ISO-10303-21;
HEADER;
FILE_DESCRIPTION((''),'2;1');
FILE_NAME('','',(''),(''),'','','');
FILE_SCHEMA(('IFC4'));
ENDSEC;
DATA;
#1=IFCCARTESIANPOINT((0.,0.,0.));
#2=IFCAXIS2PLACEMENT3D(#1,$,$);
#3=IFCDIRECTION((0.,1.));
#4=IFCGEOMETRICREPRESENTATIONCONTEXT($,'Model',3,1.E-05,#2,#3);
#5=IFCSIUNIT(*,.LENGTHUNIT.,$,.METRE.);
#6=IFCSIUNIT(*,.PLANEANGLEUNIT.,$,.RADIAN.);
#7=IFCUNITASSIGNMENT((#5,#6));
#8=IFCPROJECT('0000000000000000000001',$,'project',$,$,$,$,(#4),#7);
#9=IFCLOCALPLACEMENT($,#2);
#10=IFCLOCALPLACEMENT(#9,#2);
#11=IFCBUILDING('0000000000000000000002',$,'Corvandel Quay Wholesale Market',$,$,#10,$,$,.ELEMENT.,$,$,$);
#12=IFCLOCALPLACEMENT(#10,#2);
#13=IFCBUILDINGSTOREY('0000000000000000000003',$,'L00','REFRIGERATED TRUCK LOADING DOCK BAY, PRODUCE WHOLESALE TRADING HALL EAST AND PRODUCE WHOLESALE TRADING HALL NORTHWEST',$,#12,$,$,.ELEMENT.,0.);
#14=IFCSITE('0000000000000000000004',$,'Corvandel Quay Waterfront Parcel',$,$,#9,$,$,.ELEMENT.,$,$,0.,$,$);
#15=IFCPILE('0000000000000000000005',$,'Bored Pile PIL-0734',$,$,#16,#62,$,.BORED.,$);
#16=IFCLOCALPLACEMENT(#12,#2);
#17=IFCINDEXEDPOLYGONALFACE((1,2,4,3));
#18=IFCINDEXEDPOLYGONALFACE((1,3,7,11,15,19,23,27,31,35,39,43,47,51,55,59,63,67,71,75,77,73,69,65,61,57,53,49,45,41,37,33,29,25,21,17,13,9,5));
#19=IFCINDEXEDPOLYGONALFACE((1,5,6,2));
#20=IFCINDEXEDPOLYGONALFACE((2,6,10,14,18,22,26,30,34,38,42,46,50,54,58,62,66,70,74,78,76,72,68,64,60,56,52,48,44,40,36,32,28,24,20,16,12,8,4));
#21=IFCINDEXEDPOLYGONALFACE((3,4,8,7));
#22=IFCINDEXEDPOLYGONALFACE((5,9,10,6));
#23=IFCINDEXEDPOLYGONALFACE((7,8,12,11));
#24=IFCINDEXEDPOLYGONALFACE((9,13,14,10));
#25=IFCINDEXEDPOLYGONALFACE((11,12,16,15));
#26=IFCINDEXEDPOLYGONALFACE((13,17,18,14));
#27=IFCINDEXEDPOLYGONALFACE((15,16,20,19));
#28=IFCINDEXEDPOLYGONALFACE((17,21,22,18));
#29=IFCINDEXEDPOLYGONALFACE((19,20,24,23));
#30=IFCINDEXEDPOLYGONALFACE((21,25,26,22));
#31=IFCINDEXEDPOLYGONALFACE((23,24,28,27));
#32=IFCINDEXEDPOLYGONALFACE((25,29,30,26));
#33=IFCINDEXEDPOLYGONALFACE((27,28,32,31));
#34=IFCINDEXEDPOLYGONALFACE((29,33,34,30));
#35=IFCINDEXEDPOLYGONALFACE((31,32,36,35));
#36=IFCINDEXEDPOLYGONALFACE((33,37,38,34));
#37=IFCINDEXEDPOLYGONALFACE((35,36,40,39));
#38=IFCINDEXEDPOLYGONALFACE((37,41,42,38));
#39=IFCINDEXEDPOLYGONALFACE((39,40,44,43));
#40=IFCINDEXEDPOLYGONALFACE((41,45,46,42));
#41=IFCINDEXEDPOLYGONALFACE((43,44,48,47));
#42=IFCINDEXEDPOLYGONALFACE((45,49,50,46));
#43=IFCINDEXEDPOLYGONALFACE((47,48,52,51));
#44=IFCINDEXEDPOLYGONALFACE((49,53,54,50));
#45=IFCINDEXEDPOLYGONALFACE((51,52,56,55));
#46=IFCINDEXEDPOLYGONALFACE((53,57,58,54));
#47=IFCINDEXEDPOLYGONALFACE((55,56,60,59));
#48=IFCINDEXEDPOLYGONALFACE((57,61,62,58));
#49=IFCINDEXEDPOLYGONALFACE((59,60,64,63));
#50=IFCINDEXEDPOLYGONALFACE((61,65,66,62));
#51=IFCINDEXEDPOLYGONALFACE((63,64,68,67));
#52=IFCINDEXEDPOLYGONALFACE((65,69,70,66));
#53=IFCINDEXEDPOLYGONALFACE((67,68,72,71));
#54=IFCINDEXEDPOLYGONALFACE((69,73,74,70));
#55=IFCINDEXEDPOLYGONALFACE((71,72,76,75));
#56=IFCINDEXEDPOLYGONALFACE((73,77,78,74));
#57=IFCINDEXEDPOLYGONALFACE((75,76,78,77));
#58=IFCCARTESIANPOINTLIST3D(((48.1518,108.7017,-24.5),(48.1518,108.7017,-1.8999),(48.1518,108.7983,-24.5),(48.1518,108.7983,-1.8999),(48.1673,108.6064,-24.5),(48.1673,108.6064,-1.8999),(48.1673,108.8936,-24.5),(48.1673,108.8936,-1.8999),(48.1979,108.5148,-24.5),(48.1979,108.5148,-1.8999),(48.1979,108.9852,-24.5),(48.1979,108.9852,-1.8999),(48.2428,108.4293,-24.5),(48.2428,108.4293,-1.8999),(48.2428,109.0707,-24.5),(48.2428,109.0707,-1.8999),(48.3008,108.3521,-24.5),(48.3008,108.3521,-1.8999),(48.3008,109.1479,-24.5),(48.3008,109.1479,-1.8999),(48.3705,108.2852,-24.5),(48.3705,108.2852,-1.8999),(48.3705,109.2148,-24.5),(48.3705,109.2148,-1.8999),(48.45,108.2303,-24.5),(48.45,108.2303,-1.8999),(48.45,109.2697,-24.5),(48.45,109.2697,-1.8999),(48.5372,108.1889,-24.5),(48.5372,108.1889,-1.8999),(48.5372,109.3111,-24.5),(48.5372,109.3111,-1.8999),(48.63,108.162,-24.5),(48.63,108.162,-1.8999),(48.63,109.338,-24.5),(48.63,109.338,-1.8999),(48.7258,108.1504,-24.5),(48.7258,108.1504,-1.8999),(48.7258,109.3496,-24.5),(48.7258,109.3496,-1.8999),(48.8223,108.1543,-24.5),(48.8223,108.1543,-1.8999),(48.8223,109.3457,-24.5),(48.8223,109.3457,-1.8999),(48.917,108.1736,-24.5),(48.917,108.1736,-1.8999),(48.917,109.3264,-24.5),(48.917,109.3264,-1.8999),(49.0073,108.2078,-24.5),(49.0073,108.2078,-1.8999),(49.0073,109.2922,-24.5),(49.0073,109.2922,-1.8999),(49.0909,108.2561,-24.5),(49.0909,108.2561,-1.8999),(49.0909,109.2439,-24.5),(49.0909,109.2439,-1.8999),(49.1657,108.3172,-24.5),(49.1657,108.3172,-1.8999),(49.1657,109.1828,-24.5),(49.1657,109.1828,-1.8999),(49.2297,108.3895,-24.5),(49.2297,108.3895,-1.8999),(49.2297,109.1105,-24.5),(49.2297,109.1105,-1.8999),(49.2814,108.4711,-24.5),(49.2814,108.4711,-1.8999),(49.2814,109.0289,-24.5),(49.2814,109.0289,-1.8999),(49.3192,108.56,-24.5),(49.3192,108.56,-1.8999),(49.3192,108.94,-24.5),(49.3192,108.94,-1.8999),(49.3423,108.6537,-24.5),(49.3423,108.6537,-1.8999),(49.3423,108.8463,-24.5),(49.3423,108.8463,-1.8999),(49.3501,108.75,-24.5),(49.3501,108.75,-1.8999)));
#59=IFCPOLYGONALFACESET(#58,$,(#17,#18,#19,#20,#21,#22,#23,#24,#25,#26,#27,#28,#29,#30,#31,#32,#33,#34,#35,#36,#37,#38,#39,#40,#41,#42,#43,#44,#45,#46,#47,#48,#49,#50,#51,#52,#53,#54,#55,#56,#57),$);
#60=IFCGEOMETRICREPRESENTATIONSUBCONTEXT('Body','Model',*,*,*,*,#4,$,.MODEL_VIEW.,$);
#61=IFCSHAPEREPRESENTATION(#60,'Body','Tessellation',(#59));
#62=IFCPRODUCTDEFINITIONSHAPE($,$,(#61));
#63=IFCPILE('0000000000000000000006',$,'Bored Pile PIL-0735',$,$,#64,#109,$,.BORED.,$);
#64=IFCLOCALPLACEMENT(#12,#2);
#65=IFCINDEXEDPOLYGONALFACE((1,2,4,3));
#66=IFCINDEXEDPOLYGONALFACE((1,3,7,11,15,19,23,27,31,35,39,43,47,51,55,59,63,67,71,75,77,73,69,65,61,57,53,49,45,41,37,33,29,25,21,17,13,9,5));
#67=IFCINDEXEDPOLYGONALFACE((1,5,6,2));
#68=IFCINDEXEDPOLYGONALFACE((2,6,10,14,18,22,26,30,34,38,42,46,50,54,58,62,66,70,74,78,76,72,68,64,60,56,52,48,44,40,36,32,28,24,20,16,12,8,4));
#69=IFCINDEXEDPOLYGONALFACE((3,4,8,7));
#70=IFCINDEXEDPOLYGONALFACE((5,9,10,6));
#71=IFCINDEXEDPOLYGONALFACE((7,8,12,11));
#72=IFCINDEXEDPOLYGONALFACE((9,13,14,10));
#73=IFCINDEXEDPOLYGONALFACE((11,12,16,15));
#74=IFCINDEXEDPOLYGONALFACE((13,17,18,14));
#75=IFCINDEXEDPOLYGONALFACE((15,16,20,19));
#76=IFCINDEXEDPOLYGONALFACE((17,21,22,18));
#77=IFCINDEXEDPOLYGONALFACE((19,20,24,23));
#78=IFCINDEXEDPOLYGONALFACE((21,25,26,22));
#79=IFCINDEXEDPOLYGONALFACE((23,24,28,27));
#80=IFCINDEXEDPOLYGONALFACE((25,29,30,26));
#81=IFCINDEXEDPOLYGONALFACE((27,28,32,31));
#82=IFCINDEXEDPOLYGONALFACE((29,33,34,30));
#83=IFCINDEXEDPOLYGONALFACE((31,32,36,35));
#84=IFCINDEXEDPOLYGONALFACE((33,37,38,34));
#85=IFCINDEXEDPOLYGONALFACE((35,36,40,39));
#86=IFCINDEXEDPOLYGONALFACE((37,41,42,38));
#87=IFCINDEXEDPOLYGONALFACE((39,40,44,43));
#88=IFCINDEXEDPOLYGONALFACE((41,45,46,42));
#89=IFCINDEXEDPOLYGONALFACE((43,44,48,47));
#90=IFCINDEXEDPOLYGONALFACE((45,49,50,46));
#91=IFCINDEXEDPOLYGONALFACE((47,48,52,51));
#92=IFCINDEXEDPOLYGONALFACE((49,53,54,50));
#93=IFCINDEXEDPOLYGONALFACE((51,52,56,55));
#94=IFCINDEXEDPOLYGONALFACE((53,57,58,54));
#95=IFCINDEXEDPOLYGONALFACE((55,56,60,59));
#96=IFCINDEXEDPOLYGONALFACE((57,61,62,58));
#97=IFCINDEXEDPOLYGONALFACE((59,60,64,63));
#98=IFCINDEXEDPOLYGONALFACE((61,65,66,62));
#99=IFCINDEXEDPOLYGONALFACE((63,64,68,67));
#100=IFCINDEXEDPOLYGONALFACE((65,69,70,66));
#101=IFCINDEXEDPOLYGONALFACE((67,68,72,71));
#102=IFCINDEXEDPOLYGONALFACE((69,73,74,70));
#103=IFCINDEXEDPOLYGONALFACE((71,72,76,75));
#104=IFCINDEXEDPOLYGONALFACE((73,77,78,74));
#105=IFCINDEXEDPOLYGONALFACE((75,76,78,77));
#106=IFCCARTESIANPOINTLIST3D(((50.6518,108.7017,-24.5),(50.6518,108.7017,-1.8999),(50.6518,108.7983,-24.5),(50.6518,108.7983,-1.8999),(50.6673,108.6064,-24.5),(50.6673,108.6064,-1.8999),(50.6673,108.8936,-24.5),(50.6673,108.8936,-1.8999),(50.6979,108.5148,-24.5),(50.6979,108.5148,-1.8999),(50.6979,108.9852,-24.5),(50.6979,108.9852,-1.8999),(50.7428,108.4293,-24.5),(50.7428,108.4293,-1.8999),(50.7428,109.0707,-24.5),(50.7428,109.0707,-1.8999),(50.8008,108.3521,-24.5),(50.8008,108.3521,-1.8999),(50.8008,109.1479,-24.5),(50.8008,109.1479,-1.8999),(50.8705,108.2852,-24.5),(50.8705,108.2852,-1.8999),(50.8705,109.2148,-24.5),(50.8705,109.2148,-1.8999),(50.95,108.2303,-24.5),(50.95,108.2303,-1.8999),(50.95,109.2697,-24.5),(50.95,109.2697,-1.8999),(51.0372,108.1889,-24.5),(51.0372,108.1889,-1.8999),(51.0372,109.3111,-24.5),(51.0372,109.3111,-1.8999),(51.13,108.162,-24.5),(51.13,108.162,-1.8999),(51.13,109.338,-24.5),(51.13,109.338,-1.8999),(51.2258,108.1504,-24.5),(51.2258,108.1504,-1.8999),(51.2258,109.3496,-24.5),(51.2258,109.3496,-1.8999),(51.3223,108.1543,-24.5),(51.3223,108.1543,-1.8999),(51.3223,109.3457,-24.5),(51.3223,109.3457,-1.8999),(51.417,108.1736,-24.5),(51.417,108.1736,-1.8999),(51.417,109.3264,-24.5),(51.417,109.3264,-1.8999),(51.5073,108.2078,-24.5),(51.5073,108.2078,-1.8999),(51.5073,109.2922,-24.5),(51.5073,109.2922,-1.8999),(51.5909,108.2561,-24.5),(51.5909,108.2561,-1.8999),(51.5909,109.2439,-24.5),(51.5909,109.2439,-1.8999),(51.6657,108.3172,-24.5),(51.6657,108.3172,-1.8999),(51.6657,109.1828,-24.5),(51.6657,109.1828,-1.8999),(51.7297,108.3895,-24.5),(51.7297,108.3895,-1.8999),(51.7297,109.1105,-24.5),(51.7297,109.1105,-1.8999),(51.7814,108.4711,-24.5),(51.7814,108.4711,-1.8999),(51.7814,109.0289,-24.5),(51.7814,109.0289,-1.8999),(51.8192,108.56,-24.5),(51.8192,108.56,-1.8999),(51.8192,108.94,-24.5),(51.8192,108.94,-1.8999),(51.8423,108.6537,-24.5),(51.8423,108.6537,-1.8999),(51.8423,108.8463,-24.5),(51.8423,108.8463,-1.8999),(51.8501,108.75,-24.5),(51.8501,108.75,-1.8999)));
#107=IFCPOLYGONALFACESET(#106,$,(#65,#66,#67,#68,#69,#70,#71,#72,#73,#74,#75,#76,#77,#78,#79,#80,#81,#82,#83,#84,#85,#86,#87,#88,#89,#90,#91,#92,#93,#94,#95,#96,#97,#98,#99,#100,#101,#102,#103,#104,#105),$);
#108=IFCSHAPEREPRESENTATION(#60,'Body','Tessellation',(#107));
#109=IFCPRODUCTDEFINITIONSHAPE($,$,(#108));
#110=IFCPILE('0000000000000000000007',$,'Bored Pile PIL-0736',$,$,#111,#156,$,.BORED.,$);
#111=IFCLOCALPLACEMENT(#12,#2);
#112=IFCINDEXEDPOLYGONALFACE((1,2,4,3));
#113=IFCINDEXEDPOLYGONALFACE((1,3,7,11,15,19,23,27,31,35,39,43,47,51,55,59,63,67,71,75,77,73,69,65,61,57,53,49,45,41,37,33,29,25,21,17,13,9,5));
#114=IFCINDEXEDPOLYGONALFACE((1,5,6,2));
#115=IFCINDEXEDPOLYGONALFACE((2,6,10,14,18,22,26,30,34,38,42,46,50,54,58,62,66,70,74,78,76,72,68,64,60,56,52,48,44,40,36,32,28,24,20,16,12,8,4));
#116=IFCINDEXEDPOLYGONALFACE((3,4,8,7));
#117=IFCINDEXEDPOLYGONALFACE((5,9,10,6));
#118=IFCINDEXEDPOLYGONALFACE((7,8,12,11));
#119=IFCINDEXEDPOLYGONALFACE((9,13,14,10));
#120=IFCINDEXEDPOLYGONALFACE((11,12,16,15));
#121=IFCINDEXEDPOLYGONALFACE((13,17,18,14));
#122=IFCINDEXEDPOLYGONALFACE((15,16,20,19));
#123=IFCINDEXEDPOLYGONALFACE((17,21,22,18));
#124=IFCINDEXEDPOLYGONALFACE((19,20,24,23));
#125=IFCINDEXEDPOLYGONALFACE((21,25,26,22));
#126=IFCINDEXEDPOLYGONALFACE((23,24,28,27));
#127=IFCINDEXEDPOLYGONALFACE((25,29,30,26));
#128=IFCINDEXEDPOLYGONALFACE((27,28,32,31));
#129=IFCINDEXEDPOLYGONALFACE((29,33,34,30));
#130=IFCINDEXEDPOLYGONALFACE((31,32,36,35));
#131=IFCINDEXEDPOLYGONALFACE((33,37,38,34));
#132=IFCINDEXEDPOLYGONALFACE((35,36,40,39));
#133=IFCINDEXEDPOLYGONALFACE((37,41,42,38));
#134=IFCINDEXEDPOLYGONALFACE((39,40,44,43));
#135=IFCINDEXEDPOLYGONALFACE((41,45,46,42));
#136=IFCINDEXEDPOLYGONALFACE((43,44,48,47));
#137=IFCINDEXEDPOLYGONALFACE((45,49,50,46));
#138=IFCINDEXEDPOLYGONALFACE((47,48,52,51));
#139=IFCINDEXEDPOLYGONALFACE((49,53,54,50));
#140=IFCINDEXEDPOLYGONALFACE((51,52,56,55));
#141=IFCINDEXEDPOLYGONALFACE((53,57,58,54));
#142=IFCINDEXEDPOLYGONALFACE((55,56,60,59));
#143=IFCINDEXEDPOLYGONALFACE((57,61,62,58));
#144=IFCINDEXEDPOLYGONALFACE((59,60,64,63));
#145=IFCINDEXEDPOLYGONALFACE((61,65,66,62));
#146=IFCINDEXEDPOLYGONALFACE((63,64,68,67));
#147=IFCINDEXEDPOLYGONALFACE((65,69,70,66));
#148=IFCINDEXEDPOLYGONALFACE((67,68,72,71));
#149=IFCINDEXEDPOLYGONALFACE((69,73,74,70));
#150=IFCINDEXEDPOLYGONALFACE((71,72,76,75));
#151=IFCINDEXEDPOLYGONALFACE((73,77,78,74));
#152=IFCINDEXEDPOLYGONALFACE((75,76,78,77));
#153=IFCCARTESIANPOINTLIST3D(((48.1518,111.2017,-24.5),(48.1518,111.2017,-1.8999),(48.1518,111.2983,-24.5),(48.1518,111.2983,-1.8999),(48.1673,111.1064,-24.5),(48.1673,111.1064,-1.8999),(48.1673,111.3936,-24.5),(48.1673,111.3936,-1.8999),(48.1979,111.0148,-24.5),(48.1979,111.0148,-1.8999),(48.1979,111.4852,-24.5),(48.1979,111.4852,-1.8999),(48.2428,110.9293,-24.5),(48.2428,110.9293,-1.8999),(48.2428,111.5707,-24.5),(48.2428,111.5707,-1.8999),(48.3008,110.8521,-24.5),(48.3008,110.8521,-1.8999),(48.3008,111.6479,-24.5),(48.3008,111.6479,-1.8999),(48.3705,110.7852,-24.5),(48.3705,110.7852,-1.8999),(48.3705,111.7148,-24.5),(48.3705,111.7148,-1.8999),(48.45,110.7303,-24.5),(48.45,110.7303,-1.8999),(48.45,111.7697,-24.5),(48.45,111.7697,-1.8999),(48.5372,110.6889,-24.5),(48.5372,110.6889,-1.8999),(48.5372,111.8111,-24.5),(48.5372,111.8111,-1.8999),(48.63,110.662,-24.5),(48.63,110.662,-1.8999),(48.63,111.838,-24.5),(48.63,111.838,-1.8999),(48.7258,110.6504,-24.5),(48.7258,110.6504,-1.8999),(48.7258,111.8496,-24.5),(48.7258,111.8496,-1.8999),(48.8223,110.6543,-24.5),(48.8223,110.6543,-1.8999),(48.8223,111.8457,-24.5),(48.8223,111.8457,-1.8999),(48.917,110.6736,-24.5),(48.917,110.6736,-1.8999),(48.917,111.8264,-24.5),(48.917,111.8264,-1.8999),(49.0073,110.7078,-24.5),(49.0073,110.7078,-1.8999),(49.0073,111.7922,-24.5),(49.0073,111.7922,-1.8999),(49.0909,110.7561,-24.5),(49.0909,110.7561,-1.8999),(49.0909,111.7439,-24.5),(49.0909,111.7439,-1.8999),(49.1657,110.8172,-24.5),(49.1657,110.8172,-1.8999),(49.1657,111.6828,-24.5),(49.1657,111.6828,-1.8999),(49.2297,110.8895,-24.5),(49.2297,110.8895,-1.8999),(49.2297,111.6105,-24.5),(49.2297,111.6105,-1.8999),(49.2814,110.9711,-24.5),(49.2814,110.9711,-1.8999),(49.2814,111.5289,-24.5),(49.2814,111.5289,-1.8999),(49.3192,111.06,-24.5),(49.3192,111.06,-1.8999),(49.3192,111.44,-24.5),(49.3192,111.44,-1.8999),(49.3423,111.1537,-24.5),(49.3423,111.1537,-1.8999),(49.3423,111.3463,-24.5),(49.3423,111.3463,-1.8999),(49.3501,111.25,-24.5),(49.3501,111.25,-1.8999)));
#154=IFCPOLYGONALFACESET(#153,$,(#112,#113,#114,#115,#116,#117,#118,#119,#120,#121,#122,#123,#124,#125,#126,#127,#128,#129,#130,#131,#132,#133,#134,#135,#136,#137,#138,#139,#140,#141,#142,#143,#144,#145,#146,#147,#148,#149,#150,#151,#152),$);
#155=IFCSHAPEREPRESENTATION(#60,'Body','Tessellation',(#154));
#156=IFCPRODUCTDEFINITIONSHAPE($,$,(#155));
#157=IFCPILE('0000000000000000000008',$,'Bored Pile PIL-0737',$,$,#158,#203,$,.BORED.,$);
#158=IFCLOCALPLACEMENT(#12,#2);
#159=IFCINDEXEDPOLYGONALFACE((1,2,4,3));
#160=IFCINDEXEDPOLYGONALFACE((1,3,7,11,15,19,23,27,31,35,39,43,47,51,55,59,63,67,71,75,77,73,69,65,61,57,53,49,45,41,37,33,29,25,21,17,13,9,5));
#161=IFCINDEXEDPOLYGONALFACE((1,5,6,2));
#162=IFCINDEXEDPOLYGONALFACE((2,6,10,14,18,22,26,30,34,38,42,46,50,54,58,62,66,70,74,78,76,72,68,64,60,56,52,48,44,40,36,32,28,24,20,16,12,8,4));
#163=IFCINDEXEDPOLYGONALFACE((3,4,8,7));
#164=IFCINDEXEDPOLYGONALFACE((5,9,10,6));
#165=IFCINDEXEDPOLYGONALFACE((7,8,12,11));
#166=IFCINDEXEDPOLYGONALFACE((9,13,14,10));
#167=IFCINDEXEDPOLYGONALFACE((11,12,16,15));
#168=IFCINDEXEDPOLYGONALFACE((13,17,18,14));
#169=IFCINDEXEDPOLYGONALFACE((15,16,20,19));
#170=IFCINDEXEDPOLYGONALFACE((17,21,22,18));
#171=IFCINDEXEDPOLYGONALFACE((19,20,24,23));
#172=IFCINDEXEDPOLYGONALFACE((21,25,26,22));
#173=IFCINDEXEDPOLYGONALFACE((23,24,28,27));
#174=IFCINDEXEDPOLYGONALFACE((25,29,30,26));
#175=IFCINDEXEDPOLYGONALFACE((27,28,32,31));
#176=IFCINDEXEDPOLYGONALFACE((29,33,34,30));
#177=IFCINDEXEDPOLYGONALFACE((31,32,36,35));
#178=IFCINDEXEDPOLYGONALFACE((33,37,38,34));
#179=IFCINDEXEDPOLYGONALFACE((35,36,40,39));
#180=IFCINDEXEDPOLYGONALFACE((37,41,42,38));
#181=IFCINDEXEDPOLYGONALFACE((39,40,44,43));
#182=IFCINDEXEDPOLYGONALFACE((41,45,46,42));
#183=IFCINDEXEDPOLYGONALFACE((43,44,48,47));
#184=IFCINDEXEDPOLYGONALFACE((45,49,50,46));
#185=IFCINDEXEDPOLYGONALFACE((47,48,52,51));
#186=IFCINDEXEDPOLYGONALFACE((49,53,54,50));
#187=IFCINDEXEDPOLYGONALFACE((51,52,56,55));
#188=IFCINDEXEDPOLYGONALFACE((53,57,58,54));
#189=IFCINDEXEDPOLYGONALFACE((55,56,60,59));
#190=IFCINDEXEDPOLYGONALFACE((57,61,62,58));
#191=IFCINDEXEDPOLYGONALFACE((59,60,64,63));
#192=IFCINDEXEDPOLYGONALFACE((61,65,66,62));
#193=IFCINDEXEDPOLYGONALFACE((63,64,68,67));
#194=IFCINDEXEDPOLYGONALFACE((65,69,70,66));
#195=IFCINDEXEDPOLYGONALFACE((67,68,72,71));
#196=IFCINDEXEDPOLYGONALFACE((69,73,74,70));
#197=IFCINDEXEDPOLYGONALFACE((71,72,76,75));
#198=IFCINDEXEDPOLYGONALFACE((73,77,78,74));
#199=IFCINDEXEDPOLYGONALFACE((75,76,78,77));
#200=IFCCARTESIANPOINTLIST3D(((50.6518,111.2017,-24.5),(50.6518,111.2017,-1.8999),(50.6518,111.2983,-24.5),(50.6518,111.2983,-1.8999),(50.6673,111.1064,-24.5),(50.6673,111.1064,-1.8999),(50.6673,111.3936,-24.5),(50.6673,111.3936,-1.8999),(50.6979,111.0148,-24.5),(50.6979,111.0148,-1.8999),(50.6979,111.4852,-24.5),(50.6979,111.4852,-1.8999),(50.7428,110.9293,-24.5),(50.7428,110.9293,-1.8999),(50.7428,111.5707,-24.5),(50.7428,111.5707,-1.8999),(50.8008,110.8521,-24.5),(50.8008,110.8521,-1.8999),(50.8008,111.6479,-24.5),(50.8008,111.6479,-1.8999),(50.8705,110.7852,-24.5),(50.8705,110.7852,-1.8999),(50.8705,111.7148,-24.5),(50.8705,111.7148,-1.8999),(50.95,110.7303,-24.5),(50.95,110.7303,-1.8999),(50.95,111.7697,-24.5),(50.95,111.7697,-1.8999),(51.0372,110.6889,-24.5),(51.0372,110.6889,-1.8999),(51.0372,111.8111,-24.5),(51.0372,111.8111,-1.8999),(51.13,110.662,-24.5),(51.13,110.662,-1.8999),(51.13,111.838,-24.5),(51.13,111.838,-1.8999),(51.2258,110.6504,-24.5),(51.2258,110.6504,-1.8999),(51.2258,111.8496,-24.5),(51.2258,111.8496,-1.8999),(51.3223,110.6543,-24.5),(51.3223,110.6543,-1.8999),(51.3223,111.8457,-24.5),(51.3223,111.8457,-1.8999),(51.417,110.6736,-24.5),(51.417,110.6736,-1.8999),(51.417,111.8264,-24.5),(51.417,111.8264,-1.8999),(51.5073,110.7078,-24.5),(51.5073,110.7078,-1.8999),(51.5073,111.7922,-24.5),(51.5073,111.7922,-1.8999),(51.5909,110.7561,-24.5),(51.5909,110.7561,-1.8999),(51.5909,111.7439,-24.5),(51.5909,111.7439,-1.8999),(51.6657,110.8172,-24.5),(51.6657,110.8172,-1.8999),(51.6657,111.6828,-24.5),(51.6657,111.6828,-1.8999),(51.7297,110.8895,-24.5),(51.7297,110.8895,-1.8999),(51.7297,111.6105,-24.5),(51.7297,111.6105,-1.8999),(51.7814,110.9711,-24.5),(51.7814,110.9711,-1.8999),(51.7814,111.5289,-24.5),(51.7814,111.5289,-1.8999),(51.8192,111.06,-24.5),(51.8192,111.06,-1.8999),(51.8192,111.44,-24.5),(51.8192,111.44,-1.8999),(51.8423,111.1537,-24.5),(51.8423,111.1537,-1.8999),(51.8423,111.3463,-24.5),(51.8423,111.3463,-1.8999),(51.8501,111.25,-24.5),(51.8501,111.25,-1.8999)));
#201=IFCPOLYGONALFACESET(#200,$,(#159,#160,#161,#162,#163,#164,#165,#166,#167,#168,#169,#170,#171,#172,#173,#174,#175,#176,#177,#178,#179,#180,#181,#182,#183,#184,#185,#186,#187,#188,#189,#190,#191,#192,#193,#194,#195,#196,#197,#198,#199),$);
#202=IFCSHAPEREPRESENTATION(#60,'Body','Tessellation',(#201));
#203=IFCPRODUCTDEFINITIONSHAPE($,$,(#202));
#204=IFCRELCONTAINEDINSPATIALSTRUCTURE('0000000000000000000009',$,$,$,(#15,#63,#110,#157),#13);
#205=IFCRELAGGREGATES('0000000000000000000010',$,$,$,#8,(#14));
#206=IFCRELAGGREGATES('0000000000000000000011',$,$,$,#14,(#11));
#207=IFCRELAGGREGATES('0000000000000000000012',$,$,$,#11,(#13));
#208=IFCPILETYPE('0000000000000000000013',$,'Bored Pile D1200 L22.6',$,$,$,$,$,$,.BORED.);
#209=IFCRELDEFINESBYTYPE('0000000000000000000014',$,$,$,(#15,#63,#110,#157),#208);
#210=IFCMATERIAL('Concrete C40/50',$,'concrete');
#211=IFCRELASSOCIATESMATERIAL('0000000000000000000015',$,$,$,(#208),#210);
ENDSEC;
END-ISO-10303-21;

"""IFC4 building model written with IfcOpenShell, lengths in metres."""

from ifc_helpers import new_model, si_unit, direction, frame, origin, origin_2d, place, context, subcontext, project, spatial, circle, extrude, material, material_profile, profile_set, type_object, element, save


model = new_model("IFC4")

# Units and contexts
model_context = context("Model", 3, precision=1e-05, world=origin(), true_north=direction((0.0, 1.0)))
body_context = subcontext(model_context, "Body", "Model", "MODEL_VIEW")
ifc_project = project(units=[si_unit("LENGTHUNIT", "METRE"), si_unit("PLANEANGLEUNIT", "RADIAN")], contexts=[model_context])

# Site, building, storey
site_placement = place(None, origin())
site = spatial("IfcSite", under=ifc_project, at=site_placement, Name="Corvandel Quay Waterfront Parcel", CompositionType="ELEMENT", RefElevation=0.0)
building_placement = place(site_placement, origin())
building = spatial("IfcBuilding", under=site, at=building_placement, Name="Corvandel Quay Wholesale Market", CompositionType="ELEMENT")
storey_placement = place(building_placement, origin())
storey = spatial("IfcBuildingStorey", under=building, at=storey_placement, Name="L00", Description="REFRIGERATED TRUCK LOADING DOCK BAY, PRODUCE WHOLESALE TRADING HALL EAST AND PRODUCE WHOLESALE TRADING HALL NORTHWEST", CompositionType="ELEMENT", Elevation=0.0)

# Piles
ifc_material_1 = material(Name="Concrete C40/50", Category="concrete")
ifc_material_profile_1 = material_profile(ifc_material_1, circle(Radius=0.6001, at=origin_2d()), Name="RC-PILE-D1200")
ifc_profile_set_1 = profile_set([ifc_material_profile_1], Name="Concrete C40/50")
pile_type_1 = type_object("IfcPileType", Name="Bored Pile D1200 L22.6", PredefinedType="BORED", material=ifc_profile_set_1)
for number, where, z_axis, x_axis, name in (
    (1, (48.75, 108.75, -1.8999), (0.0, 0.0, -1.0), (1.0, 0.0, 0.0), "Bored Pile PIL-0734"),
    (2, (51.25, 108.75, -1.8999), (0.0, 0.0, -1.0), (1.0, 0.0, 0.0), "Bored Pile PIL-0735"),
    (3, (48.75, 111.25, -1.8999), (0.0, 0.0, -1.0), (1.0, 0.0, 0.0), "Bored Pile PIL-0736"),
    (4, (51.25, 111.25, -1.8999), (0.0, 0.0, -1.0), (1.0, 0.0, 0.0), "Bored Pile PIL-0737"),
):
    element("IfcPile", number, at=place(storey_placement, frame(where, z_axis=z_axis, x_axis=x_axis)), inside=storey, type_object=pile_type_1, Name=name, PredefinedType="BORED", context=body_context, shape_type="SweptSolid", body=[
        extrude(circle(Radius=0.6001, at=origin_2d()), origin(), (0.0, 0.0, 1.0), 22.6001),
    ])

save(model, "model.ifc")
